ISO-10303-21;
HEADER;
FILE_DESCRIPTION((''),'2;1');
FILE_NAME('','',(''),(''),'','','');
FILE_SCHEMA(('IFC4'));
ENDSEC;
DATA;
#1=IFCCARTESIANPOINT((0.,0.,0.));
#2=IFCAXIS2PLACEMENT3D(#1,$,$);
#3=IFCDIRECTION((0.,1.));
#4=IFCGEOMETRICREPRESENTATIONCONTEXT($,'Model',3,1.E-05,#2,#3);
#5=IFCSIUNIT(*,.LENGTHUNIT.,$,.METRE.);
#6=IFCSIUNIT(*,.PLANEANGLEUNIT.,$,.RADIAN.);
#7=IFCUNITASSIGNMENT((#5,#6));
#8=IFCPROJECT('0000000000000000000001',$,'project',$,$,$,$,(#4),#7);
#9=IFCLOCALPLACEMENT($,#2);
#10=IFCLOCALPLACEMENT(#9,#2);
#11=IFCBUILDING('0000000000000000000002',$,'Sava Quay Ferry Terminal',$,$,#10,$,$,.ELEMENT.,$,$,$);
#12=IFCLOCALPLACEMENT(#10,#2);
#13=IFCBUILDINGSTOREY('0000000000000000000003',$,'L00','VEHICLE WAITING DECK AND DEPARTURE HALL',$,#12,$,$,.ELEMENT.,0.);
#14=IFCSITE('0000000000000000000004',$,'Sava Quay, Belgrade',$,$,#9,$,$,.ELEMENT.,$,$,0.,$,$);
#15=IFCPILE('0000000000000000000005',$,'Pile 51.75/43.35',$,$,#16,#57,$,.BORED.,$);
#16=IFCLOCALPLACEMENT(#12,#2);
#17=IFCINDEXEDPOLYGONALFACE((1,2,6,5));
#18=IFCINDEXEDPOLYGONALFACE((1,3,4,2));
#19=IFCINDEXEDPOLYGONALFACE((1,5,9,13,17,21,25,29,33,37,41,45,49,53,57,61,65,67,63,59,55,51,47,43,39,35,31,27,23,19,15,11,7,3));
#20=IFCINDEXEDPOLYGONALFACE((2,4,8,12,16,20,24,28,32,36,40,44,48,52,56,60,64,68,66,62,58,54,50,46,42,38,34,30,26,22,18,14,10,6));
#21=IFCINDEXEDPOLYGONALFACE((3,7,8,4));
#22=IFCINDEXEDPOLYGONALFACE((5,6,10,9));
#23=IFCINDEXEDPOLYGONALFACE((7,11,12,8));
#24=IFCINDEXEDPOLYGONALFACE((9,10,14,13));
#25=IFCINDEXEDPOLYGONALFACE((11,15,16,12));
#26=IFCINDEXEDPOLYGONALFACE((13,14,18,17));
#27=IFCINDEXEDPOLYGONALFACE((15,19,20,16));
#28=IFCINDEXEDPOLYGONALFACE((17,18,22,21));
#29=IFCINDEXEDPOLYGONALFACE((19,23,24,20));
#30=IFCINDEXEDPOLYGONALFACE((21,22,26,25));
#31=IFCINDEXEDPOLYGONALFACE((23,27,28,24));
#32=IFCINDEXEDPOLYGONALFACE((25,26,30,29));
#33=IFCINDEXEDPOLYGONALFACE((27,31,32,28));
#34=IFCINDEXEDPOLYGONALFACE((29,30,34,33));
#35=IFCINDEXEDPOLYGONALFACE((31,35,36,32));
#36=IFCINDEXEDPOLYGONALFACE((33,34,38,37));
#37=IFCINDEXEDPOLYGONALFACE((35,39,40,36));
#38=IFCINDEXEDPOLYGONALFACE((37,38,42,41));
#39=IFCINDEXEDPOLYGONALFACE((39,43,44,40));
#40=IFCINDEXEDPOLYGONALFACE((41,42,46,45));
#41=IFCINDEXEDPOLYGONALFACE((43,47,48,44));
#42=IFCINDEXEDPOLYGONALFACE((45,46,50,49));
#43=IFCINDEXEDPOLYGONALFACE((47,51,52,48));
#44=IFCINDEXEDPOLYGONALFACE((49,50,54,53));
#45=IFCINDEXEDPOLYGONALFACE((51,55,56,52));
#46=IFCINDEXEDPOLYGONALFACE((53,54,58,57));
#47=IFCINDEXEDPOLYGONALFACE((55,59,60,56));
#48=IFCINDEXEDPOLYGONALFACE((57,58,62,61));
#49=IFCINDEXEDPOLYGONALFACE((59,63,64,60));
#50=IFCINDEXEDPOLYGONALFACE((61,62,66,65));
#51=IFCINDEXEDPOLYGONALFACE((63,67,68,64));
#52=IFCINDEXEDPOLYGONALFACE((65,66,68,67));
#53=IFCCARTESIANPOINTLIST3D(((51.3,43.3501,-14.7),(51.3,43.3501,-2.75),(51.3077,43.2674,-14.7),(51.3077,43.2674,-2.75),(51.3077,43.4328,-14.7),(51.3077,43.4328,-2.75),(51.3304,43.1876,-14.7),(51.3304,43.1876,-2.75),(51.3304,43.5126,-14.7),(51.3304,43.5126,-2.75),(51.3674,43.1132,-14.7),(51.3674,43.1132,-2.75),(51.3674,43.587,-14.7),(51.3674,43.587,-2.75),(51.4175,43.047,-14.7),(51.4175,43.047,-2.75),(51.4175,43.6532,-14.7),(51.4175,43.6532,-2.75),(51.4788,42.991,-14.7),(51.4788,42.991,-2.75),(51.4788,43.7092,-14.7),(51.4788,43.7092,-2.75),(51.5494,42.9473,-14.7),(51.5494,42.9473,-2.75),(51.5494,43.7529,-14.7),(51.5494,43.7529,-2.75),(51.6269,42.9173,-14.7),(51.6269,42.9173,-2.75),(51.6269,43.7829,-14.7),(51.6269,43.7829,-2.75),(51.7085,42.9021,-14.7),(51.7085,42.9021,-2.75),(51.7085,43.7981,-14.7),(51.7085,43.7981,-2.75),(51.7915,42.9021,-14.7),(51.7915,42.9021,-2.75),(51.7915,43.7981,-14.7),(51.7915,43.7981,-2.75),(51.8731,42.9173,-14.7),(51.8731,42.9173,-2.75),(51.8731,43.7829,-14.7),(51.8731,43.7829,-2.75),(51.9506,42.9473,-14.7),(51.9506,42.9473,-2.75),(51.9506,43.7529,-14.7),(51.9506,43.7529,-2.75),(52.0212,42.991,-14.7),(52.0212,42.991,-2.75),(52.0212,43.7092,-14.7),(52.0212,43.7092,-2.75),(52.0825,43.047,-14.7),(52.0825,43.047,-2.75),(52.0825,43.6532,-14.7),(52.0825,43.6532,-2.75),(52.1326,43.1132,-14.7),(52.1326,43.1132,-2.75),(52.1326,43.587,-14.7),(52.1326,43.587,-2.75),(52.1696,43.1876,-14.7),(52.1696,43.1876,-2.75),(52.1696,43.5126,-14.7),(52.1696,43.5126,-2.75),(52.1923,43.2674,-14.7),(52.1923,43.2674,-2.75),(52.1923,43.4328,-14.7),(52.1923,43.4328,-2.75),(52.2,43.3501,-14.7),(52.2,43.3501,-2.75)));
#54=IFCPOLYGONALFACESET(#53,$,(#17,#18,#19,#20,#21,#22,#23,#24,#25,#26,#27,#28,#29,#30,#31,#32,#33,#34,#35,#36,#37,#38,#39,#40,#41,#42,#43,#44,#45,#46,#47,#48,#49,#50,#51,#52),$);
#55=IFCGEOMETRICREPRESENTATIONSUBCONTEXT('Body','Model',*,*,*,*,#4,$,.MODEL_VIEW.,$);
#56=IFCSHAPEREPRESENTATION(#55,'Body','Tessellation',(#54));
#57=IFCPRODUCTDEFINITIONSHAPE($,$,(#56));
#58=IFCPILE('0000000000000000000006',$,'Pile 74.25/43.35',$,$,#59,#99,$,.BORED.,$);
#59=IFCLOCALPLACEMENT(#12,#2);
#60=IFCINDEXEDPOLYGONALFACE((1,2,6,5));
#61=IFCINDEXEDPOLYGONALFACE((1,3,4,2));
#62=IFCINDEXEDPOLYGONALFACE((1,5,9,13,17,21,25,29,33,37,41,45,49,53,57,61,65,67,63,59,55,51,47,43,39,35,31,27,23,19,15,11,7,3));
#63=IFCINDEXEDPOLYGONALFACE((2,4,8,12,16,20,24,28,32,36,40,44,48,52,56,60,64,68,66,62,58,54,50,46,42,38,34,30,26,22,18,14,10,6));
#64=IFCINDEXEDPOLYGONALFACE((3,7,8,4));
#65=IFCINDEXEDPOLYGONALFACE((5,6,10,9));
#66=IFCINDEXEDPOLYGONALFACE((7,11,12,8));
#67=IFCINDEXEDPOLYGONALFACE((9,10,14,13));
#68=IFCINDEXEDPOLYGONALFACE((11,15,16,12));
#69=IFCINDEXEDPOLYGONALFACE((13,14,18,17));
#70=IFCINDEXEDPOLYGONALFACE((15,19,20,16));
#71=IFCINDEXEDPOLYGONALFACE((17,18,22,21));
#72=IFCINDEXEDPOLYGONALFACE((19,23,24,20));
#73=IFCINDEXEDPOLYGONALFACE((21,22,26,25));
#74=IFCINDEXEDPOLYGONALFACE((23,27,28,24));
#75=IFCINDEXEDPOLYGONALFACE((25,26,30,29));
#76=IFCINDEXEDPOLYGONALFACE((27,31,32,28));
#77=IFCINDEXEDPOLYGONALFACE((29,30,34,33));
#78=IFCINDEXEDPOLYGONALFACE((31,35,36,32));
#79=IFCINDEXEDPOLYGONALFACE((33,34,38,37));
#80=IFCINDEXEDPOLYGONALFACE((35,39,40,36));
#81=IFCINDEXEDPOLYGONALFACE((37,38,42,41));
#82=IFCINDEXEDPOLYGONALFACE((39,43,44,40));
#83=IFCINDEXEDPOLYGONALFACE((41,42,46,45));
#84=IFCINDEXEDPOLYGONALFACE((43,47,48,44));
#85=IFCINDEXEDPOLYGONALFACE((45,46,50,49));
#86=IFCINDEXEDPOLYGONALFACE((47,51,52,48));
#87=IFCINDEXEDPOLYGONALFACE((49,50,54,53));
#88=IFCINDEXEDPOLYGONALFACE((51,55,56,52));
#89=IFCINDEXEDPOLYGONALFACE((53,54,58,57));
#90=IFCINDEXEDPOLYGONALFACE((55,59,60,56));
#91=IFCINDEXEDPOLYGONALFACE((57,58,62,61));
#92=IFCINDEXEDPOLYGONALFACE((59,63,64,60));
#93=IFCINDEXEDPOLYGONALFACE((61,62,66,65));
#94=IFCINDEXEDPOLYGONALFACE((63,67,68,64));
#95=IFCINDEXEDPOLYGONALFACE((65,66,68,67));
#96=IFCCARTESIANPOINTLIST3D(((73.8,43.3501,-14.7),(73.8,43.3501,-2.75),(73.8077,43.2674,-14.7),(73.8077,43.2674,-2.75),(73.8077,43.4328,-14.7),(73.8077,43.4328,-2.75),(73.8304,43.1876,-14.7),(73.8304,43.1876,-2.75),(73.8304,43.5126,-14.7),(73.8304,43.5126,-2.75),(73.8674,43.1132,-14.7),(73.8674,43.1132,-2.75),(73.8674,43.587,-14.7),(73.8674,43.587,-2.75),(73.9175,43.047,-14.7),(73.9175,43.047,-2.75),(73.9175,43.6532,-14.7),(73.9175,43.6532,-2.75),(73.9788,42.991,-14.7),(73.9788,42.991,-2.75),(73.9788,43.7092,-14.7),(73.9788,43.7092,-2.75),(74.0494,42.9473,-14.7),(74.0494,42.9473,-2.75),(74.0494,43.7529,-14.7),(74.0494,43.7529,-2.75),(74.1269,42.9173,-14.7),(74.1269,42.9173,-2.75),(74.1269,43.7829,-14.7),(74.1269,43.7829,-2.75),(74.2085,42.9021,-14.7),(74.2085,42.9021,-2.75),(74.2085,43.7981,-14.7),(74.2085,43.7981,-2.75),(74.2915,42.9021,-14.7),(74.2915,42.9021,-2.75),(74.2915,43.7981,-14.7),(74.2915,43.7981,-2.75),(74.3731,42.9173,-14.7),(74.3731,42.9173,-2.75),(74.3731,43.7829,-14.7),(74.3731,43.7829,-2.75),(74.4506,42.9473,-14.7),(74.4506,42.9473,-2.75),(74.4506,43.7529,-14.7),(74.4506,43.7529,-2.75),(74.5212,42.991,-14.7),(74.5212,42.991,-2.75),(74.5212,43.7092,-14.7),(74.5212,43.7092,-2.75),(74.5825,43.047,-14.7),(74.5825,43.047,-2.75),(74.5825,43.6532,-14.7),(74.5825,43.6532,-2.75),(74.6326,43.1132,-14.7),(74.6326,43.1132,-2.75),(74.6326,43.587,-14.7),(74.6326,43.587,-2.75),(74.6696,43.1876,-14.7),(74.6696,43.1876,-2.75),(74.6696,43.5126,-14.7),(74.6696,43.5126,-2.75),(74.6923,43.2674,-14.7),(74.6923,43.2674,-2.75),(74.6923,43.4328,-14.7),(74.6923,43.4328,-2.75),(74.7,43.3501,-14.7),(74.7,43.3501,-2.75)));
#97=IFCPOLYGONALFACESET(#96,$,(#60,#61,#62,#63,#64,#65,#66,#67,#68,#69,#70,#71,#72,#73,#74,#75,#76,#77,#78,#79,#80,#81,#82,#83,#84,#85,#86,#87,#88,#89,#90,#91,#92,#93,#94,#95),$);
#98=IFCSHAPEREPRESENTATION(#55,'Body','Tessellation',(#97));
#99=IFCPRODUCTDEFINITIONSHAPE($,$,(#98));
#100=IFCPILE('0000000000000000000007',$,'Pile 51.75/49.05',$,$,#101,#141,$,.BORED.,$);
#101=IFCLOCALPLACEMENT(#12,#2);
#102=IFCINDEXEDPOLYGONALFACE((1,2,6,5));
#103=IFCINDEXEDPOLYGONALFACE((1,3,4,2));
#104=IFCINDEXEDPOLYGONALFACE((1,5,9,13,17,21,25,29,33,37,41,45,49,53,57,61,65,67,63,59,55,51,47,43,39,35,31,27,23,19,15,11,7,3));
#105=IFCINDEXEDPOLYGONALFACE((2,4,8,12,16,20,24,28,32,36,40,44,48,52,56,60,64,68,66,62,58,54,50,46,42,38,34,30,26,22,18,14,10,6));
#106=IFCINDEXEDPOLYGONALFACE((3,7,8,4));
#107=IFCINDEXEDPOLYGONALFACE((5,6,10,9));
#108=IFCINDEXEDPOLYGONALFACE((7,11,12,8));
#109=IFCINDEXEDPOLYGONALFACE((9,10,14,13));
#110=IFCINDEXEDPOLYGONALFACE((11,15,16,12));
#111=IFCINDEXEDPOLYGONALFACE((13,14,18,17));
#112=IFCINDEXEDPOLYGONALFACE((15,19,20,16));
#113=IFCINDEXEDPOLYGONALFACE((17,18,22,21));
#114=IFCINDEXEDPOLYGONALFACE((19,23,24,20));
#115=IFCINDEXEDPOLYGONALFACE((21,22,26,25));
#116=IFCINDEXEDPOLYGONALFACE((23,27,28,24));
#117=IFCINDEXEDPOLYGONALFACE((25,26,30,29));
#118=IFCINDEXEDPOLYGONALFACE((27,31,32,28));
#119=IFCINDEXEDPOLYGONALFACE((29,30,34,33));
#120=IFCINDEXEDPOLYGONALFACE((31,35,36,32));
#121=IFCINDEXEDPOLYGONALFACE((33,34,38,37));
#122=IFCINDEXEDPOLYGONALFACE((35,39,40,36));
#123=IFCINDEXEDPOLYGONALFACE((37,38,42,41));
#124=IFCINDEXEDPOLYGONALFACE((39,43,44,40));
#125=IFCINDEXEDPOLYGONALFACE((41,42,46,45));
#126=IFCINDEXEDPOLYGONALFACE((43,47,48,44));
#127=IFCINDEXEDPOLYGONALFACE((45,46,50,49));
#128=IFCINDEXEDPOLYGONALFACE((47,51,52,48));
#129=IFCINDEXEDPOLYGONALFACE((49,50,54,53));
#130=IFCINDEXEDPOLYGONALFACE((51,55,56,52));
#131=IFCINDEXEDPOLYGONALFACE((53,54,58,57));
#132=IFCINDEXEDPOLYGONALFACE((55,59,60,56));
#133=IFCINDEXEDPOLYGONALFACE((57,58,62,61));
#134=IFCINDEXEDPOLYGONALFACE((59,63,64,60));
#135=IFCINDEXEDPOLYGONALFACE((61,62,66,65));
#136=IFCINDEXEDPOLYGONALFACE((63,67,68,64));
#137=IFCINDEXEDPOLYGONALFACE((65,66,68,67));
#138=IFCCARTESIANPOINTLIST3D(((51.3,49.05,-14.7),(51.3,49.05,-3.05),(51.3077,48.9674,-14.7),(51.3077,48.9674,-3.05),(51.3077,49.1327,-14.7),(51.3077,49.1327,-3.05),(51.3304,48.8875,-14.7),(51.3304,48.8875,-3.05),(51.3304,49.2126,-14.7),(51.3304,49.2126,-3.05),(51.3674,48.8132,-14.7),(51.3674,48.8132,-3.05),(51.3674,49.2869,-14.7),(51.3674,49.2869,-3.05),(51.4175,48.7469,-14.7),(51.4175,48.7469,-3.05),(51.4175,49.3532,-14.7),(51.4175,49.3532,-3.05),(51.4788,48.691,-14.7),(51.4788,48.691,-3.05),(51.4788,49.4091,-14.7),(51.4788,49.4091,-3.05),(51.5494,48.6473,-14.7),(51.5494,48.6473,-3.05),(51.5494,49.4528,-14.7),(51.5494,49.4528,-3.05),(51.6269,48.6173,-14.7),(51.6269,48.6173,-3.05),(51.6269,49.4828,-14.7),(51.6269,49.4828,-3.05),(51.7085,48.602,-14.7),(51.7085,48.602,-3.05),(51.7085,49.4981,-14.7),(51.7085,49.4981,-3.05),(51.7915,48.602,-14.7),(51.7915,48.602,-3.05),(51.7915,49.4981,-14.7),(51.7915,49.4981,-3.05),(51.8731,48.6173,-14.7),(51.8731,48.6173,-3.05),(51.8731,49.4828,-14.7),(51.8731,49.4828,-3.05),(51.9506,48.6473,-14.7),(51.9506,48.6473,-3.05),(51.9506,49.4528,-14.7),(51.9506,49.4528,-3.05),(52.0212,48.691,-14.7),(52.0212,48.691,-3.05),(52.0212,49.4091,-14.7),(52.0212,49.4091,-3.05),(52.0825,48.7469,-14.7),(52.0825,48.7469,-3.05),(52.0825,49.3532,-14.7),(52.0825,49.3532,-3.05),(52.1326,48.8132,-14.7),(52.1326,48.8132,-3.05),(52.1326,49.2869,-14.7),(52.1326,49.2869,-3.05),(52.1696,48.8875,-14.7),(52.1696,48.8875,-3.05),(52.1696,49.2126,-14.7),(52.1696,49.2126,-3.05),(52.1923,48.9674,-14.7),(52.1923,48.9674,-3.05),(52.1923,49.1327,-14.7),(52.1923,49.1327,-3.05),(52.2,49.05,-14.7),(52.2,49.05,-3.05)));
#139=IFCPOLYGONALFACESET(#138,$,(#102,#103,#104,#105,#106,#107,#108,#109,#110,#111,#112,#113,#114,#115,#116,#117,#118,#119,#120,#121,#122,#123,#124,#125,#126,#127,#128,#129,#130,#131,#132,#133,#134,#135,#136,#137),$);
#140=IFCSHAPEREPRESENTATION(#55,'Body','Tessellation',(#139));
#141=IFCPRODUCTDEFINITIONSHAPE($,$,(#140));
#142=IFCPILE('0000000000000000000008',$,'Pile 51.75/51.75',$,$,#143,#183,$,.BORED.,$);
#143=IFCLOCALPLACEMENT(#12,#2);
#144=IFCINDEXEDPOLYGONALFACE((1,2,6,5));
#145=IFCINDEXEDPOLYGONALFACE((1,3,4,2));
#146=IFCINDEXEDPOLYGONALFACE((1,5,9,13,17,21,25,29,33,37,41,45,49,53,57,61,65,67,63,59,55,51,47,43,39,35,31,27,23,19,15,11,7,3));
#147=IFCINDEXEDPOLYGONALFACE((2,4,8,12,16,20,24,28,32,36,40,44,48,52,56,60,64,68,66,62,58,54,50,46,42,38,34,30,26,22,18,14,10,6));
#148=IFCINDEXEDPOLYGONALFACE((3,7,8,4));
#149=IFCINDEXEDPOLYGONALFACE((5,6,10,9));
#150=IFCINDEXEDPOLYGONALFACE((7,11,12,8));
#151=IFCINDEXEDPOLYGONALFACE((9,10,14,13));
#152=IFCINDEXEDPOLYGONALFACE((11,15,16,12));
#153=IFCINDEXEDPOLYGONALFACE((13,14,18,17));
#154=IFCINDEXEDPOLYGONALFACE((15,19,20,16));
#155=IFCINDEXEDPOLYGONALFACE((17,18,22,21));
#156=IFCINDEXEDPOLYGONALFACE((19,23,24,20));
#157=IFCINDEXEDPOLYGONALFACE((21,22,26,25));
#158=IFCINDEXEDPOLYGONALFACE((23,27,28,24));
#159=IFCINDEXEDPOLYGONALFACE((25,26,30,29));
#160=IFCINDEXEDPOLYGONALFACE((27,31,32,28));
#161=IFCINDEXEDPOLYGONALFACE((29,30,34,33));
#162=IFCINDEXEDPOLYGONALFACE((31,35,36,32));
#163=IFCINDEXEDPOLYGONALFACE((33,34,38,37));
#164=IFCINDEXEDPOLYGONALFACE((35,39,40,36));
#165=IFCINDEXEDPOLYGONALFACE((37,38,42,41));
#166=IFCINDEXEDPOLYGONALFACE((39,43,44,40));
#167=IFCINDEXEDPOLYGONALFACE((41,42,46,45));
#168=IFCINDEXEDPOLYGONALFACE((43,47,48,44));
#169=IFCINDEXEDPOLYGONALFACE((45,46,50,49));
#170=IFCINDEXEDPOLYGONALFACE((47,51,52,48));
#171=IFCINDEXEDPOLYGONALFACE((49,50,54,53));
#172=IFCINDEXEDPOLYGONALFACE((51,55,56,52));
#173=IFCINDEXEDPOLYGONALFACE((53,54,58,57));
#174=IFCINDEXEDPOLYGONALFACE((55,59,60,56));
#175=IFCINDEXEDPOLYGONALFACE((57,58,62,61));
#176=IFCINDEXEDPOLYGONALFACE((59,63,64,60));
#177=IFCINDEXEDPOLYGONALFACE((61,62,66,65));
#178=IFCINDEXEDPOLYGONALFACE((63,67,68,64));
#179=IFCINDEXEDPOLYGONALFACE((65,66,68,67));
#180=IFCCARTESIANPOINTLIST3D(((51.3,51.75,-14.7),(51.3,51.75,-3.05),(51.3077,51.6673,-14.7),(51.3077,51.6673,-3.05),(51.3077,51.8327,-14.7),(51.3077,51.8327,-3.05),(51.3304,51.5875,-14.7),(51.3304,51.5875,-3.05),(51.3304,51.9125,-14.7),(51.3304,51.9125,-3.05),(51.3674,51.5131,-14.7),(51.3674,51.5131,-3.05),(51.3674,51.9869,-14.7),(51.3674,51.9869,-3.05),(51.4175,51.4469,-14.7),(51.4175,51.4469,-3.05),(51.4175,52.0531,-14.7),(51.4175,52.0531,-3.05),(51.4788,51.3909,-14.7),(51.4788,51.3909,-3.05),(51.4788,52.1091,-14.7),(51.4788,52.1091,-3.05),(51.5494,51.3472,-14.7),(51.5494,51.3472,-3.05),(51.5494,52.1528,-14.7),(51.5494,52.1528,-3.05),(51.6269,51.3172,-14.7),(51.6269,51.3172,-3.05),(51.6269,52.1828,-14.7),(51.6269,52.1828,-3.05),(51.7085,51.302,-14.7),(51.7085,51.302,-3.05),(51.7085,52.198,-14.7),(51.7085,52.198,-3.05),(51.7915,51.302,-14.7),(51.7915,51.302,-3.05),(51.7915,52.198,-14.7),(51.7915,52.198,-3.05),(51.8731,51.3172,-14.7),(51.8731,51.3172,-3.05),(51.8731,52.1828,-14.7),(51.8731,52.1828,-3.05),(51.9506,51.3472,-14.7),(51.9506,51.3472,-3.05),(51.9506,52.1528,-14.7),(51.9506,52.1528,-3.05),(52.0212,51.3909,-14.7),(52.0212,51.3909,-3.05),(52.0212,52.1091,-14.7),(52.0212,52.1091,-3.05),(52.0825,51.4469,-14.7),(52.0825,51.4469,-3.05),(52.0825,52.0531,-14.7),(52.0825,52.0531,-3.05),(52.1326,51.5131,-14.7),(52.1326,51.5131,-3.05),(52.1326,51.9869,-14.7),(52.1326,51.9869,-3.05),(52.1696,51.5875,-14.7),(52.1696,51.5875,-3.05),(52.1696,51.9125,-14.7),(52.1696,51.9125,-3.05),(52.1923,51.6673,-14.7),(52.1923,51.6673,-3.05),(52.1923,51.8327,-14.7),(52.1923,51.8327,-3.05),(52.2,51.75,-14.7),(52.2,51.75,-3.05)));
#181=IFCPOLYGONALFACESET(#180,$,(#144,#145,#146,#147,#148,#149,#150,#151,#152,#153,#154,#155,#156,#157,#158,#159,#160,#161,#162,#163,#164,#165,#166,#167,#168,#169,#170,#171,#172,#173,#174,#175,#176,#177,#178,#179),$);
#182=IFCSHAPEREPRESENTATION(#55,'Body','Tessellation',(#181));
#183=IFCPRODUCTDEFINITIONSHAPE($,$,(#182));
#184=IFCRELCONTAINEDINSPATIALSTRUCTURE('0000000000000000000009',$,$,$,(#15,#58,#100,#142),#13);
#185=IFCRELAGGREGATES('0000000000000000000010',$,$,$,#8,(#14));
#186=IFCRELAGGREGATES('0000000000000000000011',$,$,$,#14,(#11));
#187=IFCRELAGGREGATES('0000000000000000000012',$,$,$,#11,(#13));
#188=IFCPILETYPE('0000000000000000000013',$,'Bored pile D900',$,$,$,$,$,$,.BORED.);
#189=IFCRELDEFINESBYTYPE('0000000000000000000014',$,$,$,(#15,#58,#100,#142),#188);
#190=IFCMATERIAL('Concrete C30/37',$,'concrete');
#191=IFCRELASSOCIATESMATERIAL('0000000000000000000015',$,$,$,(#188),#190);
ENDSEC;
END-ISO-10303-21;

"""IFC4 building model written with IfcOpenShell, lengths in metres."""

from ifc_helpers import new_model, si_unit, direction, frame, origin, origin_2d, place, context, subcontext, project, spatial, circle, extrude, material, material_profile, profile_set, type_object, element, save


model = new_model("IFC4")

# Units and contexts
model_context = context("Model", 3, precision=1e-05, world=origin(), true_north=direction((0.0, 1.0)))
body_context = subcontext(model_context, "Body", "Model", "MODEL_VIEW")
ifc_project = project(units=[si_unit("LENGTHUNIT", "METRE"), si_unit("PLANEANGLEUNIT", "RADIAN")], contexts=[model_context])

# Site, building, storey
site_placement = place(None, origin())
site = spatial("IfcSite", under=ifc_project, at=site_placement, Name="Sava Quay, Belgrade", CompositionType="ELEMENT", RefElevation=0.0)
building_placement = place(site_placement, origin())
building = spatial("IfcBuilding", under=site, at=building_placement, Name="Sava Quay Ferry Terminal", CompositionType="ELEMENT")
storey_placement = place(building_placement, origin())
storey = spatial("IfcBuildingStorey", under=building, at=storey_placement, Name="L00", Description="VEHICLE WAITING DECK AND DEPARTURE HALL", CompositionType="ELEMENT", Elevation=0.0)

# Piles
ifc_material_1 = material(Name="Concrete C30/37", Category="concrete")
ifc_material_profile_1 = material_profile(ifc_material_1, circle(Radius=0.45, at=origin_2d()), Name="Bored pile D900")
ifc_profile_set_1 = profile_set([ifc_material_profile_1], Name="Concrete C30/37")
pile_type = type_object("IfcPileType", Name="Bored pile D900", PredefinedType="BORED", material=ifc_profile_set_1)
for number, where, z_axis, x_axis, name in (
    (1, (51.75, 43.3501, -2.75), (0.0, 0.0, -1.0), (1.0, 0.0, 0.0), "Pile 51.75/43.35"),
    (2, (74.25, 43.3501, -2.75), (0.0, 0.0, -1.0), (1.0, 0.0, 0.0), "Pile 74.25/43.35"),
):
    element("IfcPile", number, at=place(storey_placement, frame(where, z_axis=z_axis, x_axis=x_axis)), inside=storey, type_object=pile_type, Name=name, PredefinedType="BORED", context=body_context, shape_type="SweptSolid", body=[
        extrude(circle(Radius=0.45, at=origin_2d()), origin(), (0.0, 0.0, 1.0), 11.95),
    ])
for number, where, z_axis, x_axis, name in (
    (3, (51.75, 49.05, -3.05), (0.0, 0.0, -1.0), (1.0, 0.0, 0.0), "Pile 51.75/49.05"),
    (4, (51.75, 51.75, -3.05), (0.0, 0.0, -1.0), (1.0, 0.0, 0.0), "Pile 51.75/51.75"),
):
    element("IfcPile", number, at=place(storey_placement, frame(where, z_axis=z_axis, x_axis=x_axis)), inside=storey, type_object=pile_type, Name=name, PredefinedType="BORED", context=body_context, shape_type="SweptSolid", body=[
        extrude(circle(Radius=0.45, at=origin_2d()), origin(), (0.0, 0.0, 1.0), 11.6499),
    ])

save(model, "model.ifc")
